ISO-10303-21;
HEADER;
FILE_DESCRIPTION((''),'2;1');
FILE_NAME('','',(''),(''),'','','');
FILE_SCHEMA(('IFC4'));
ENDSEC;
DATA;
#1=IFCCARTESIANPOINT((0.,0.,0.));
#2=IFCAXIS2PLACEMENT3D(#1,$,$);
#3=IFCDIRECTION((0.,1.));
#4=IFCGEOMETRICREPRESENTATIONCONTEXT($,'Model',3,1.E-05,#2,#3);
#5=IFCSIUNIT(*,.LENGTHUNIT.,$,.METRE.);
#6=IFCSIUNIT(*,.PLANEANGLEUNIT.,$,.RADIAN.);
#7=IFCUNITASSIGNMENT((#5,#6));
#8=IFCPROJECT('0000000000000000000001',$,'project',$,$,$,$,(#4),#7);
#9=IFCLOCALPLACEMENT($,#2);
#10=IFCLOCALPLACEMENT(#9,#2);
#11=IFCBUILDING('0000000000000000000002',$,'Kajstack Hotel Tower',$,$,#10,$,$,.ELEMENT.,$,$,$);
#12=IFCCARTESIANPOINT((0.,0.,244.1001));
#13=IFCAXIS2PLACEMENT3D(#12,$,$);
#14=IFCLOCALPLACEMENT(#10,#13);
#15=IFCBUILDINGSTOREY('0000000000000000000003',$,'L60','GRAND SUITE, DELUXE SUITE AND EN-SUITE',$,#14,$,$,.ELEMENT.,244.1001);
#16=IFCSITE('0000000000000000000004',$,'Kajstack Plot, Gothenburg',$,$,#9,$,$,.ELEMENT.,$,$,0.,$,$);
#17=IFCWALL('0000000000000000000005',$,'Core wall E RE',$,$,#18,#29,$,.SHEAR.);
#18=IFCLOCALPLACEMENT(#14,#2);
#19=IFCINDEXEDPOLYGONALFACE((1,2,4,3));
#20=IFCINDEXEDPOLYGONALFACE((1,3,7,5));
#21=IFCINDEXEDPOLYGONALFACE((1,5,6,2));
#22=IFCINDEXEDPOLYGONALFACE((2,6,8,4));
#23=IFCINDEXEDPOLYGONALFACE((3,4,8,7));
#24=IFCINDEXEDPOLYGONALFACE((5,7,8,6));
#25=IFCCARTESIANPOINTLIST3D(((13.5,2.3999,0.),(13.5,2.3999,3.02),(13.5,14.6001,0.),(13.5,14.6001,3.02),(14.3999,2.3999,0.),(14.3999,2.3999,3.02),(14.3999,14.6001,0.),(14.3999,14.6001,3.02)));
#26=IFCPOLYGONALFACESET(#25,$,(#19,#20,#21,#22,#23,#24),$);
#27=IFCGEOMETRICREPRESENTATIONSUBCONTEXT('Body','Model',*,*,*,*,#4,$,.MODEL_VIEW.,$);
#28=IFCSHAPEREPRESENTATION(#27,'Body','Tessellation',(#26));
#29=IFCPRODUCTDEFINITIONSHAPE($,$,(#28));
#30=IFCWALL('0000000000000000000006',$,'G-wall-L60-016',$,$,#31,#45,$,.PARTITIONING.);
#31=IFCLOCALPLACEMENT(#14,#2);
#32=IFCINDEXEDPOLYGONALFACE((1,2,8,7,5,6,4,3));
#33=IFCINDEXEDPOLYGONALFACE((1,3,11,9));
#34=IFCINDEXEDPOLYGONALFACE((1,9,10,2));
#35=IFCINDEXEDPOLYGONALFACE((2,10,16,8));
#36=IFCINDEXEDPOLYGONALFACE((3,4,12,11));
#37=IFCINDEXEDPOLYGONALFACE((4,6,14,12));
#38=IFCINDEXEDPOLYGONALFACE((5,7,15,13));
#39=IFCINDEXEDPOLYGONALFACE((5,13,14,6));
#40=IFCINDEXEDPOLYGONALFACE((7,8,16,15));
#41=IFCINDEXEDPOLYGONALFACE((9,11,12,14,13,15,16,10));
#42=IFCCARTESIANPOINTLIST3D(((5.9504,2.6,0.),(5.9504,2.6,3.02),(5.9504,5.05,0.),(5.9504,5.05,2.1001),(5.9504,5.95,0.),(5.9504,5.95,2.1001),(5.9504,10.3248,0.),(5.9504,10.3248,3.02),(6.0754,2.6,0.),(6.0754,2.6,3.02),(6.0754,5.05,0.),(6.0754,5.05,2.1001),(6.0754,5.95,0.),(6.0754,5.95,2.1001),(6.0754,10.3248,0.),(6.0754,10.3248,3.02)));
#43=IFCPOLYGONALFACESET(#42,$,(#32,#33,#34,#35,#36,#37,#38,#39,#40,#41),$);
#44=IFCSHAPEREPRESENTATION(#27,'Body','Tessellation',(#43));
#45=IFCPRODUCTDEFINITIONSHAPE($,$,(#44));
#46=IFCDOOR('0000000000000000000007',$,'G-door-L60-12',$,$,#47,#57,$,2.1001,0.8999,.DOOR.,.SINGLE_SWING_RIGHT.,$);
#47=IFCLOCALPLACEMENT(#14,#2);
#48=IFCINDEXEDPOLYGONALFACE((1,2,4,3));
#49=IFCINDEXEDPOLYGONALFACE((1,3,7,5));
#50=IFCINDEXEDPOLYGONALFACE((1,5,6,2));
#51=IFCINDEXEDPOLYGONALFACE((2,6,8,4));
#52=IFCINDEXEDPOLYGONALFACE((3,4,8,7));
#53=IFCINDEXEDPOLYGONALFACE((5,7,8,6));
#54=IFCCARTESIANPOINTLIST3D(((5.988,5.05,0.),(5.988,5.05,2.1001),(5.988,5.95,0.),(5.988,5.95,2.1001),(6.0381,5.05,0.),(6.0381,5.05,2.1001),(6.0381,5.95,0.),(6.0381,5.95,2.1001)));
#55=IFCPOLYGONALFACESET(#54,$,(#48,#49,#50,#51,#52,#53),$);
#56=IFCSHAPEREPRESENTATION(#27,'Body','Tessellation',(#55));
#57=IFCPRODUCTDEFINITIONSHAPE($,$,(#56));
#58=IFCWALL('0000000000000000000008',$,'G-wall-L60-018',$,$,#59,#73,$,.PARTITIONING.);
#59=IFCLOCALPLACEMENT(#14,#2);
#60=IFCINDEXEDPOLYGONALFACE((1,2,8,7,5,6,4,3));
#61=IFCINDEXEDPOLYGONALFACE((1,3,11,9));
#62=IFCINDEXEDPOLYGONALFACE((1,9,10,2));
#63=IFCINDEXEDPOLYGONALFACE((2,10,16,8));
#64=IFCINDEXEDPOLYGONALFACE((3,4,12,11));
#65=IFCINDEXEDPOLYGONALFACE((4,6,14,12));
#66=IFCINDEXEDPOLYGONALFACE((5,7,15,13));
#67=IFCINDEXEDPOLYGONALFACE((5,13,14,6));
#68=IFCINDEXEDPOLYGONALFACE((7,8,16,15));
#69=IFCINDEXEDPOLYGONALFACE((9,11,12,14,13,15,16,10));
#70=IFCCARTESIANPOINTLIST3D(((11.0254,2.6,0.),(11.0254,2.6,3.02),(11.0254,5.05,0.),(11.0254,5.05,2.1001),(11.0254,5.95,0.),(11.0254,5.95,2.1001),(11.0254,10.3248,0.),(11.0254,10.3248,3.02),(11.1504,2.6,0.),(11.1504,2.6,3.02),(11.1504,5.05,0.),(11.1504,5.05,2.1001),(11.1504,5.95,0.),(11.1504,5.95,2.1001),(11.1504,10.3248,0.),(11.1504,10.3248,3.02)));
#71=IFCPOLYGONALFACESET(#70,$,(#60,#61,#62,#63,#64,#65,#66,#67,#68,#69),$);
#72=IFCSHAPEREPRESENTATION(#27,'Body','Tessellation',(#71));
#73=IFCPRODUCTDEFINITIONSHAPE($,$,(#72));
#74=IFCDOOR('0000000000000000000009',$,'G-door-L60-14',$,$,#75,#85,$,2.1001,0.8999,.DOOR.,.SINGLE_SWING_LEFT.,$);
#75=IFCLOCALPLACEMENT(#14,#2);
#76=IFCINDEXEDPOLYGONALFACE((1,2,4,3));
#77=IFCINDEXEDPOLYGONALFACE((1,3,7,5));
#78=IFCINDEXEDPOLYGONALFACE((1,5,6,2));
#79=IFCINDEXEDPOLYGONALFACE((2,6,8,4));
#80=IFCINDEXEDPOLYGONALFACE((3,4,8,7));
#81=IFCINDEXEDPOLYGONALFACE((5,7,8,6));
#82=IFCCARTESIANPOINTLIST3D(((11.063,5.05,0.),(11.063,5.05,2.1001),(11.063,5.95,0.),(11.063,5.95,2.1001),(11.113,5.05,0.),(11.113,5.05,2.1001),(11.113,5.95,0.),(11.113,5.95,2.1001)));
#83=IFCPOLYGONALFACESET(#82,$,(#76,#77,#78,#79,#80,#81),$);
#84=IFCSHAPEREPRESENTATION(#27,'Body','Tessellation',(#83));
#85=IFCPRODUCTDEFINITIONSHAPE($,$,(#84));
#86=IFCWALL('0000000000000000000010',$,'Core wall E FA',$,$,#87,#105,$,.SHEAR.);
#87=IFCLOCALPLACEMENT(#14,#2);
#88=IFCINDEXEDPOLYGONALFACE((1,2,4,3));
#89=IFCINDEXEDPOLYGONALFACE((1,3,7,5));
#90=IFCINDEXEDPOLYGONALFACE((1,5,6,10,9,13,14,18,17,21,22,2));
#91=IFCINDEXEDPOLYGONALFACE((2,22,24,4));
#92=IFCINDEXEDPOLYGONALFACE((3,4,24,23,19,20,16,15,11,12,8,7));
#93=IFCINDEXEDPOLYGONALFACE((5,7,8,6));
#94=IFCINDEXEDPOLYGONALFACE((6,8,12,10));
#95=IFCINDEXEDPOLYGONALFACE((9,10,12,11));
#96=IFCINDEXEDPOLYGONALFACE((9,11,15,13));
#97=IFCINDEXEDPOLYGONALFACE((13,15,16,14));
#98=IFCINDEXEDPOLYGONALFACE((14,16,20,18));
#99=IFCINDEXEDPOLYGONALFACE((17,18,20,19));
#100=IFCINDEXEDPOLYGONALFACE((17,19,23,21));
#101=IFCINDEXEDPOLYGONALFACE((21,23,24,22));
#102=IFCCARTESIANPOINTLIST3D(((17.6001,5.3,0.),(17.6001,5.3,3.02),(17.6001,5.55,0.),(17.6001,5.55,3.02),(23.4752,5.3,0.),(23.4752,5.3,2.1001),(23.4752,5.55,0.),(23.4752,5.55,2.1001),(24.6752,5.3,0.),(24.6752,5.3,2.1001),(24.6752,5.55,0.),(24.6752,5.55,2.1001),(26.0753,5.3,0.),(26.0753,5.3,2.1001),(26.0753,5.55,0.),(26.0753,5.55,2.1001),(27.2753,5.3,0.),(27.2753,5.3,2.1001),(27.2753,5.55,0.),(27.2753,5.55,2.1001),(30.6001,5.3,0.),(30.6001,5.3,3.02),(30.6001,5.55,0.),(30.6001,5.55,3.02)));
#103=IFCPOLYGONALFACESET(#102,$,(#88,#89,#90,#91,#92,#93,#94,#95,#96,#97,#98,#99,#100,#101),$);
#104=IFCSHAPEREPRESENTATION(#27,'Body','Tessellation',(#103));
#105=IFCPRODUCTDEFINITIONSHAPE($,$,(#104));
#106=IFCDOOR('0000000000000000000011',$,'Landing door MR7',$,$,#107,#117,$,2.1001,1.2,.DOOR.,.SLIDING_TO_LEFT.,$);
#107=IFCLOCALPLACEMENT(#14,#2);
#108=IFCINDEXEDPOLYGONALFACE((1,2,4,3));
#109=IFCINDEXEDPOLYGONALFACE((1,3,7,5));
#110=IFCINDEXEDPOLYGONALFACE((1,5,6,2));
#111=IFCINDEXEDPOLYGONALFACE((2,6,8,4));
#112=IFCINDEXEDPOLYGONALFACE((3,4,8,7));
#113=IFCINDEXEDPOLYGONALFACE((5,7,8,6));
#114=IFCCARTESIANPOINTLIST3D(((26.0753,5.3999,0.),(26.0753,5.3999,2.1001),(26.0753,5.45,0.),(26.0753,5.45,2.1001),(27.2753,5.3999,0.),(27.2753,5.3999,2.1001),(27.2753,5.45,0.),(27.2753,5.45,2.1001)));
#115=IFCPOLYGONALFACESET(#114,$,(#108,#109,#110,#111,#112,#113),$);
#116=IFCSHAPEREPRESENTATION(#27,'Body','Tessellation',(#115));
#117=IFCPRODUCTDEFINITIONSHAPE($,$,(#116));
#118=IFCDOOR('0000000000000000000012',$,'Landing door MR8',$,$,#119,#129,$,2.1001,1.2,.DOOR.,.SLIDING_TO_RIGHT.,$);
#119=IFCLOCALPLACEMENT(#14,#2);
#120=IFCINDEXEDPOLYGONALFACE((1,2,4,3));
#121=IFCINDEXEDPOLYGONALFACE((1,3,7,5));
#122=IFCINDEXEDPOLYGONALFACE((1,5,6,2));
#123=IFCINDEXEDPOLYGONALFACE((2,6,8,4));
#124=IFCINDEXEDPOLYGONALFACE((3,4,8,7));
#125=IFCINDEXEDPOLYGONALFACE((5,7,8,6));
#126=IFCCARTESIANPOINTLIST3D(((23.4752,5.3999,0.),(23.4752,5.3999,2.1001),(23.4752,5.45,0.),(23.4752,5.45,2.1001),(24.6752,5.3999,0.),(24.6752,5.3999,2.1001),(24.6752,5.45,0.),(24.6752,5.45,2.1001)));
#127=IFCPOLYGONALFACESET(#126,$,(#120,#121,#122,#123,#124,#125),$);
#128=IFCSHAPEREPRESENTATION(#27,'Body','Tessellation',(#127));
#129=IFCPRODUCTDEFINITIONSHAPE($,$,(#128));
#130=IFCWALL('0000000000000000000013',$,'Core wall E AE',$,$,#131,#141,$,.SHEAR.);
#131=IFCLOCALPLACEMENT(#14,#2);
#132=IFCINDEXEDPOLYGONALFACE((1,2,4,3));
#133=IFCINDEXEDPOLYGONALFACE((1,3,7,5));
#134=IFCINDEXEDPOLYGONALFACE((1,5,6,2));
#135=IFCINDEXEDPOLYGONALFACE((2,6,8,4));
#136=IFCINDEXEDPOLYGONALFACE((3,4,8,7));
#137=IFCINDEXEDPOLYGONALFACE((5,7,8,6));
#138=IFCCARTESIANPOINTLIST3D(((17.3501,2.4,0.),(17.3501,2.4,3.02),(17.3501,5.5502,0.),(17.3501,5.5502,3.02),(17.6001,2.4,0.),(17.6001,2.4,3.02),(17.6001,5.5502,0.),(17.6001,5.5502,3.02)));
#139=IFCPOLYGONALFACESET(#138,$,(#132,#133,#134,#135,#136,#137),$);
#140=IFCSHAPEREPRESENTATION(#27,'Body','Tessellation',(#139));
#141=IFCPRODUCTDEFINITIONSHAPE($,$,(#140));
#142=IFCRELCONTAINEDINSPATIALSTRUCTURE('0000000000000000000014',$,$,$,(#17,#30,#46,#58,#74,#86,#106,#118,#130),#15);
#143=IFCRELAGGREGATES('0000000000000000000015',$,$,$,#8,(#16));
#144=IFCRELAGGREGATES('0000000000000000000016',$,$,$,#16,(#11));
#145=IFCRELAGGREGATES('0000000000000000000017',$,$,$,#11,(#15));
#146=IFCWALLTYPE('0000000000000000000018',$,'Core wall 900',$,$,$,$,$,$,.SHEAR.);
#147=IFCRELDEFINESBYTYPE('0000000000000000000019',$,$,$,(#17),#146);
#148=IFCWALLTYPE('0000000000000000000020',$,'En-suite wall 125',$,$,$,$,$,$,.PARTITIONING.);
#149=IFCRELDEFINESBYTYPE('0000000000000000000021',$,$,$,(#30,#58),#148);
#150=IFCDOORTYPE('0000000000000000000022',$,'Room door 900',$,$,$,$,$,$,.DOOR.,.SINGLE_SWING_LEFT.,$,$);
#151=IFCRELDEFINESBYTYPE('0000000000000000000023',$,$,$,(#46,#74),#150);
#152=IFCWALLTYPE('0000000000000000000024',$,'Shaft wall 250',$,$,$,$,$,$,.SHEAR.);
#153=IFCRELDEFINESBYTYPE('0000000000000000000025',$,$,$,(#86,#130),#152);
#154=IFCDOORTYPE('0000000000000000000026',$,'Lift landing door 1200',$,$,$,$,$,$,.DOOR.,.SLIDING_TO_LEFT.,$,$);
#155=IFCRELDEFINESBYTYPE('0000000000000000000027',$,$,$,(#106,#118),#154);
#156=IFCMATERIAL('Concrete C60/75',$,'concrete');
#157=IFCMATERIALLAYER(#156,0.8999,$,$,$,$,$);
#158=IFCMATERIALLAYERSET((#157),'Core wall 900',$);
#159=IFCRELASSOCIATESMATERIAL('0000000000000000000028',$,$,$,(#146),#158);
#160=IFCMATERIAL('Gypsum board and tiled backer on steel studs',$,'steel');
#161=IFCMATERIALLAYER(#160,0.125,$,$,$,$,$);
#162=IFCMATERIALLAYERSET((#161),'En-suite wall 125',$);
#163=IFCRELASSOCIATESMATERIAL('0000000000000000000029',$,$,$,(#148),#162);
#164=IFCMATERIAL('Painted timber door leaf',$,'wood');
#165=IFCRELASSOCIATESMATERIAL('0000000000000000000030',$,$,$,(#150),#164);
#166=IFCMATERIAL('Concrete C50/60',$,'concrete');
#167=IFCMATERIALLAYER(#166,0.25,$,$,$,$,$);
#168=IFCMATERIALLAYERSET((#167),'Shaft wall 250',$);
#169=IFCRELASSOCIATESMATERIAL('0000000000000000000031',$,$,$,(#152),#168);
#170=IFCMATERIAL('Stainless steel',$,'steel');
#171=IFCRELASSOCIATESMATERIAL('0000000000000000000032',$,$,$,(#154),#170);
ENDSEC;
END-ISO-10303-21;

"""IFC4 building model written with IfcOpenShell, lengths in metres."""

from ifc_helpers import new_model, si_unit, direction, frame, frame_2d, origin, place, context, subcontext, project, spatial, rectangle, extrude, material, layer, layer_set, type_object, element, fill, save


model = new_model("IFC4")

# Units and contexts
model_context = context("Model", 3, precision=1e-05, world=origin(), true_north=direction((0.0, 1.0)))
body_context = subcontext(model_context, "Body", "Model", "MODEL_VIEW")
ifc_project = project(units=[si_unit("LENGTHUNIT", "METRE"), si_unit("PLANEANGLEUNIT", "RADIAN")], contexts=[model_context])

# Site, building, storey
site_placement = place(None, origin())
site = spatial("IfcSite", under=ifc_project, at=site_placement, Name="Kajstack Plot, Gothenburg", CompositionType="ELEMENT", RefElevation=0.0)
building_placement = place(site_placement, origin())
building = spatial("IfcBuilding", under=site, at=building_placement, Name="Kajstack Hotel Tower", CompositionType="ELEMENT")
storey_placement = place(building_placement, frame((0.0, 0.0, 244.1001)))
storey = spatial("IfcBuildingStorey", under=building, at=storey_placement, Name="L60", Description="GRAND SUITE, DELUXE SUITE AND EN-SUITE", CompositionType="ELEMENT", Elevation=244.1001)

# Wall
ifc_material_1 = material(Name="Concrete C60/75", Category="concrete")
ifc_layer_1 = layer(ifc_material_1, 0.8999)
ifc_layer_set_1 = layer_set([ifc_layer_1], Name="Core wall 900")
wall_type_1 = type_object("IfcWallType", Name="Core wall 900", PredefinedType="SHEAR", material=ifc_layer_set_1)
wall_1_placement = place(storey_placement, frame((13.95, 2.3999, 0.0), z_axis=(0.0, 0.0, 1.0), x_axis=(0.0, 1.0, 0.0)))
element("IfcWall", 1, at=wall_1_placement, inside=storey, type_object=wall_type_1, Name="Core wall E RE", PredefinedType="SHEAR", context=body_context, shape_type="SweptSolid", body=[
    extrude(rectangle(XDim=12.2002, YDim=0.8999, at=frame_2d((6.1001, 0.0))), origin(), (0.0, 0.0, 1.0), 3.02),
])

# Walls, openings, doors
ifc_material_2 = material(Name="Gypsum board and tiled backer on steel studs", Category="steel")
ifc_layer_2 = layer(ifc_material_2, 0.125)
ifc_layer_set_2 = layer_set([ifc_layer_2], Name="En-suite wall 125")
wall_type_2 = type_object("IfcWallType", Name="En-suite wall 125", PredefinedType="PARTITIONING", material=ifc_layer_set_2)
wall_2_placement = place(storey_placement, frame((6.0129, 2.6001, 0.0), z_axis=(0.0, 0.0, 1.0), x_axis=(0.0, 1.0, 0.0)))
wall_2 = element("IfcWall", 2, at=wall_2_placement, inside=storey, type_object=wall_type_2, Name="G-wall-L60-016", PredefinedType="PARTITIONING", context=body_context, shape_type="SweptSolid", body=[
    extrude(rectangle(XDim=7.7249, YDim=0.125, at=frame_2d((3.8623, 0.0))), origin(), (0.0, 0.0, 1.0), 3.02),
])
opening_1_placement = place(wall_2_placement, frame((2.45, 0.0, 0.0)))
opening_1 = element("IfcOpeningElement", 3, at=opening_1_placement, cuts=wall_2, PredefinedType="OPENING", context=body_context, shape_type="SweptSolid", body=[
    extrude(rectangle(XDim=0.8999, YDim=2.1001, at=frame_2d((0.45, 1.05))), frame((0.0, 0.0725, 0.0), z_axis=(0.0, -1.0, 0.0), x_axis=(1.0, 0.0, 0.0)), (0.0, 0.0, 1.0), 0.145),
])
ifc_material_3 = material(Name="Painted timber door leaf", Category="wood")
door_type_1 = type_object("IfcDoorType", Name="Room door 900", OperationType="SINGLE_SWING_LEFT", PredefinedType="DOOR", material=ifc_material_3)
door_1_placement = place(opening_1_placement, origin())
door_1 = element("IfcDoor", 4, at=door_1_placement, inside=storey, type_object=door_type_1, Name="G-door-L60-12", OperationType="SINGLE_SWING_RIGHT", OverallHeight=2.1001, OverallWidth=0.8999, PredefinedType="DOOR", context=body_context, shape_type="SweptSolid", body=[
    extrude(rectangle(XDim=0.8999, YDim=2.1001, at=frame_2d((0.45, 1.05))), frame((0.0, 0.0249, 0.0), z_axis=(0.0, -1.0, 0.0), x_axis=(1.0, 0.0, 0.0)), (0.0, 0.0, 1.0), 0.05),
])
fill(opening_1, door_1)
wall_3_placement = place(storey_placement, frame((11.0879, 2.6001, 0.0), z_axis=(0.0, 0.0, 1.0), x_axis=(0.0, 1.0, 0.0)))
wall_3 = element("IfcWall", 5, at=wall_3_placement, inside=storey, type_object=wall_type_2, Name="G-wall-L60-018", PredefinedType="PARTITIONING", context=body_context, shape_type="SweptSolid", body=[
    extrude(rectangle(XDim=7.7249, YDim=0.125, at=frame_2d((3.8623, 0.0))), origin(), (0.0, 0.0, 1.0), 3.02),
])
opening_2_placement = place(wall_3_placement, frame((2.45, 0.0, 0.0)))
opening_2 = element("IfcOpeningElement", 6, at=opening_2_placement, cuts=wall_3, PredefinedType="OPENING", context=body_context, shape_type="SweptSolid", body=[
    extrude(rectangle(XDim=0.8999, YDim=2.1001, at=frame_2d((0.45, 1.05))), frame((0.0, 0.0725, 0.0), z_axis=(0.0, -1.0, 0.0), x_axis=(1.0, 0.0, 0.0)), (0.0, 0.0, 1.0), 0.145),
])
door_2_placement = place(opening_2_placement, origin())
door_2 = element("IfcDoor", 7, at=door_2_placement, inside=storey, type_object=door_type_1, Name="G-door-L60-14", OperationType="SINGLE_SWING_LEFT", OverallHeight=2.1001, OverallWidth=0.8999, PredefinedType="DOOR", context=body_context, shape_type="SweptSolid", body=[
    extrude(rectangle(XDim=0.8999, YDim=2.1001, at=frame_2d((0.45, 1.05))), frame((0.0, 0.0249, 0.0), z_axis=(0.0, -1.0, 0.0), x_axis=(1.0, 0.0, 0.0)), (0.0, 0.0, 1.0), 0.05),
])
fill(opening_2, door_2)

# Wall, openings, doors
ifc_material_4 = material(Name="Concrete C50/60", Category="concrete")
ifc_layer_3 = layer(ifc_material_4, 0.25)
ifc_layer_set_3 = layer_set([ifc_layer_3], Name="Shaft wall 250")
wall_type_3 = type_object("IfcWallType", Name="Shaft wall 250", PredefinedType="SHEAR", material=ifc_layer_set_3)
wall_4_placement = place(storey_placement, frame((17.6001, 5.425, 0.0), z_axis=(0.0, 0.0, 1.0), x_axis=(1.0, 0.0, 0.0)))
wall_4 = element("IfcWall", 8, at=wall_4_placement, inside=storey, type_object=wall_type_3, Name="Core wall E FA", PredefinedType="SHEAR", context=body_context, shape_type="SweptSolid", body=[
    extrude(rectangle(XDim=13.0, YDim=0.25, at=frame_2d((6.5, 0.0))), origin(), (0.0, 0.0, 1.0), 3.02),
])
opening_3_placement = place(wall_4_placement, frame((8.4751, 0.0, 0.0)))
opening_3 = element("IfcOpeningElement", 9, at=opening_3_placement, cuts=wall_4, PredefinedType="OPENING", context=body_context, shape_type="SweptSolid", body=[
    extrude(rectangle(XDim=1.2, YDim=2.1001, at=frame_2d((0.6001, 1.05))), frame((0.0, 0.135, 0.0), z_axis=(0.0, -1.0, 0.0), x_axis=(1.0, 0.0, 0.0)), (0.0, 0.0, 1.0), 0.27),
])
opening_4_placement = place(wall_4_placement, frame((5.875, 0.0, 0.0)))
opening_4 = element("IfcOpeningElement", 10, at=opening_4_placement, cuts=wall_4, PredefinedType="OPENING", context=body_context, shape_type="SweptSolid", body=[
    extrude(rectangle(XDim=1.2, YDim=2.1001, at=frame_2d((0.6001, 1.05))), frame((0.0, 0.135, 0.0), z_axis=(0.0, -1.0, 0.0), x_axis=(1.0, 0.0, 0.0)), (0.0, 0.0, 1.0), 0.27),
])
ifc_material_5 = material(Name="Stainless steel", Category="steel")
door_type_2 = type_object("IfcDoorType", Name="Lift landing door 1200", OperationType="SLIDING_TO_LEFT", PredefinedType="DOOR", material=ifc_material_5)
door_3_placement = place(opening_3_placement, origin())
door_3 = element("IfcDoor", 11, at=door_3_placement, inside=storey, type_object=door_type_2, Name="Landing door MR7", OperationType="SLIDING_TO_LEFT", OverallHeight=2.1001, OverallWidth=1.2, PredefinedType="DOOR", context=body_context, shape_type="SweptSolid", body=[
    extrude(rectangle(XDim=1.2, YDim=2.1001, at=frame_2d((0.6001, 1.05))), frame((0.0, 0.0249, 0.0), z_axis=(0.0, -1.0, 0.0), x_axis=(1.0, 0.0, 0.0)), (0.0, 0.0, 1.0), 0.05),
])
fill(opening_3, door_3)
door_4_placement = place(opening_4_placement, origin())
door_4 = element("IfcDoor", 12, at=door_4_placement, inside=storey, type_object=door_type_2, Name="Landing door MR8", OperationType="SLIDING_TO_RIGHT", OverallHeight=2.1001, OverallWidth=1.2, PredefinedType="DOOR", context=body_context, shape_type="SweptSolid", body=[
    extrude(rectangle(XDim=1.2, YDim=2.1001, at=frame_2d((0.6001, 1.05))), frame((0.0, 0.0249, 0.0), z_axis=(0.0, -1.0, 0.0), x_axis=(1.0, 0.0, 0.0)), (0.0, 0.0, 1.0), 0.05),
])
fill(opening_4, door_4)

# Wall
wall_5_placement = place(storey_placement, frame((17.4751, 2.3999, 0.0), z_axis=(0.0, 0.0, 1.0), x_axis=(0.0, 1.0, 0.0)))
element("IfcWall", 13, at=wall_5_placement, inside=storey, type_object=wall_type_3, Name="Core wall E AE", PredefinedType="SHEAR", context=body_context, shape_type="SweptSolid", body=[
    extrude(rectangle(XDim=3.1501, YDim=0.25, at=frame_2d((1.5752, 0.0))), origin(), (0.0, 0.0, 1.0), 3.02),
])

save(model, "model.ifc")
